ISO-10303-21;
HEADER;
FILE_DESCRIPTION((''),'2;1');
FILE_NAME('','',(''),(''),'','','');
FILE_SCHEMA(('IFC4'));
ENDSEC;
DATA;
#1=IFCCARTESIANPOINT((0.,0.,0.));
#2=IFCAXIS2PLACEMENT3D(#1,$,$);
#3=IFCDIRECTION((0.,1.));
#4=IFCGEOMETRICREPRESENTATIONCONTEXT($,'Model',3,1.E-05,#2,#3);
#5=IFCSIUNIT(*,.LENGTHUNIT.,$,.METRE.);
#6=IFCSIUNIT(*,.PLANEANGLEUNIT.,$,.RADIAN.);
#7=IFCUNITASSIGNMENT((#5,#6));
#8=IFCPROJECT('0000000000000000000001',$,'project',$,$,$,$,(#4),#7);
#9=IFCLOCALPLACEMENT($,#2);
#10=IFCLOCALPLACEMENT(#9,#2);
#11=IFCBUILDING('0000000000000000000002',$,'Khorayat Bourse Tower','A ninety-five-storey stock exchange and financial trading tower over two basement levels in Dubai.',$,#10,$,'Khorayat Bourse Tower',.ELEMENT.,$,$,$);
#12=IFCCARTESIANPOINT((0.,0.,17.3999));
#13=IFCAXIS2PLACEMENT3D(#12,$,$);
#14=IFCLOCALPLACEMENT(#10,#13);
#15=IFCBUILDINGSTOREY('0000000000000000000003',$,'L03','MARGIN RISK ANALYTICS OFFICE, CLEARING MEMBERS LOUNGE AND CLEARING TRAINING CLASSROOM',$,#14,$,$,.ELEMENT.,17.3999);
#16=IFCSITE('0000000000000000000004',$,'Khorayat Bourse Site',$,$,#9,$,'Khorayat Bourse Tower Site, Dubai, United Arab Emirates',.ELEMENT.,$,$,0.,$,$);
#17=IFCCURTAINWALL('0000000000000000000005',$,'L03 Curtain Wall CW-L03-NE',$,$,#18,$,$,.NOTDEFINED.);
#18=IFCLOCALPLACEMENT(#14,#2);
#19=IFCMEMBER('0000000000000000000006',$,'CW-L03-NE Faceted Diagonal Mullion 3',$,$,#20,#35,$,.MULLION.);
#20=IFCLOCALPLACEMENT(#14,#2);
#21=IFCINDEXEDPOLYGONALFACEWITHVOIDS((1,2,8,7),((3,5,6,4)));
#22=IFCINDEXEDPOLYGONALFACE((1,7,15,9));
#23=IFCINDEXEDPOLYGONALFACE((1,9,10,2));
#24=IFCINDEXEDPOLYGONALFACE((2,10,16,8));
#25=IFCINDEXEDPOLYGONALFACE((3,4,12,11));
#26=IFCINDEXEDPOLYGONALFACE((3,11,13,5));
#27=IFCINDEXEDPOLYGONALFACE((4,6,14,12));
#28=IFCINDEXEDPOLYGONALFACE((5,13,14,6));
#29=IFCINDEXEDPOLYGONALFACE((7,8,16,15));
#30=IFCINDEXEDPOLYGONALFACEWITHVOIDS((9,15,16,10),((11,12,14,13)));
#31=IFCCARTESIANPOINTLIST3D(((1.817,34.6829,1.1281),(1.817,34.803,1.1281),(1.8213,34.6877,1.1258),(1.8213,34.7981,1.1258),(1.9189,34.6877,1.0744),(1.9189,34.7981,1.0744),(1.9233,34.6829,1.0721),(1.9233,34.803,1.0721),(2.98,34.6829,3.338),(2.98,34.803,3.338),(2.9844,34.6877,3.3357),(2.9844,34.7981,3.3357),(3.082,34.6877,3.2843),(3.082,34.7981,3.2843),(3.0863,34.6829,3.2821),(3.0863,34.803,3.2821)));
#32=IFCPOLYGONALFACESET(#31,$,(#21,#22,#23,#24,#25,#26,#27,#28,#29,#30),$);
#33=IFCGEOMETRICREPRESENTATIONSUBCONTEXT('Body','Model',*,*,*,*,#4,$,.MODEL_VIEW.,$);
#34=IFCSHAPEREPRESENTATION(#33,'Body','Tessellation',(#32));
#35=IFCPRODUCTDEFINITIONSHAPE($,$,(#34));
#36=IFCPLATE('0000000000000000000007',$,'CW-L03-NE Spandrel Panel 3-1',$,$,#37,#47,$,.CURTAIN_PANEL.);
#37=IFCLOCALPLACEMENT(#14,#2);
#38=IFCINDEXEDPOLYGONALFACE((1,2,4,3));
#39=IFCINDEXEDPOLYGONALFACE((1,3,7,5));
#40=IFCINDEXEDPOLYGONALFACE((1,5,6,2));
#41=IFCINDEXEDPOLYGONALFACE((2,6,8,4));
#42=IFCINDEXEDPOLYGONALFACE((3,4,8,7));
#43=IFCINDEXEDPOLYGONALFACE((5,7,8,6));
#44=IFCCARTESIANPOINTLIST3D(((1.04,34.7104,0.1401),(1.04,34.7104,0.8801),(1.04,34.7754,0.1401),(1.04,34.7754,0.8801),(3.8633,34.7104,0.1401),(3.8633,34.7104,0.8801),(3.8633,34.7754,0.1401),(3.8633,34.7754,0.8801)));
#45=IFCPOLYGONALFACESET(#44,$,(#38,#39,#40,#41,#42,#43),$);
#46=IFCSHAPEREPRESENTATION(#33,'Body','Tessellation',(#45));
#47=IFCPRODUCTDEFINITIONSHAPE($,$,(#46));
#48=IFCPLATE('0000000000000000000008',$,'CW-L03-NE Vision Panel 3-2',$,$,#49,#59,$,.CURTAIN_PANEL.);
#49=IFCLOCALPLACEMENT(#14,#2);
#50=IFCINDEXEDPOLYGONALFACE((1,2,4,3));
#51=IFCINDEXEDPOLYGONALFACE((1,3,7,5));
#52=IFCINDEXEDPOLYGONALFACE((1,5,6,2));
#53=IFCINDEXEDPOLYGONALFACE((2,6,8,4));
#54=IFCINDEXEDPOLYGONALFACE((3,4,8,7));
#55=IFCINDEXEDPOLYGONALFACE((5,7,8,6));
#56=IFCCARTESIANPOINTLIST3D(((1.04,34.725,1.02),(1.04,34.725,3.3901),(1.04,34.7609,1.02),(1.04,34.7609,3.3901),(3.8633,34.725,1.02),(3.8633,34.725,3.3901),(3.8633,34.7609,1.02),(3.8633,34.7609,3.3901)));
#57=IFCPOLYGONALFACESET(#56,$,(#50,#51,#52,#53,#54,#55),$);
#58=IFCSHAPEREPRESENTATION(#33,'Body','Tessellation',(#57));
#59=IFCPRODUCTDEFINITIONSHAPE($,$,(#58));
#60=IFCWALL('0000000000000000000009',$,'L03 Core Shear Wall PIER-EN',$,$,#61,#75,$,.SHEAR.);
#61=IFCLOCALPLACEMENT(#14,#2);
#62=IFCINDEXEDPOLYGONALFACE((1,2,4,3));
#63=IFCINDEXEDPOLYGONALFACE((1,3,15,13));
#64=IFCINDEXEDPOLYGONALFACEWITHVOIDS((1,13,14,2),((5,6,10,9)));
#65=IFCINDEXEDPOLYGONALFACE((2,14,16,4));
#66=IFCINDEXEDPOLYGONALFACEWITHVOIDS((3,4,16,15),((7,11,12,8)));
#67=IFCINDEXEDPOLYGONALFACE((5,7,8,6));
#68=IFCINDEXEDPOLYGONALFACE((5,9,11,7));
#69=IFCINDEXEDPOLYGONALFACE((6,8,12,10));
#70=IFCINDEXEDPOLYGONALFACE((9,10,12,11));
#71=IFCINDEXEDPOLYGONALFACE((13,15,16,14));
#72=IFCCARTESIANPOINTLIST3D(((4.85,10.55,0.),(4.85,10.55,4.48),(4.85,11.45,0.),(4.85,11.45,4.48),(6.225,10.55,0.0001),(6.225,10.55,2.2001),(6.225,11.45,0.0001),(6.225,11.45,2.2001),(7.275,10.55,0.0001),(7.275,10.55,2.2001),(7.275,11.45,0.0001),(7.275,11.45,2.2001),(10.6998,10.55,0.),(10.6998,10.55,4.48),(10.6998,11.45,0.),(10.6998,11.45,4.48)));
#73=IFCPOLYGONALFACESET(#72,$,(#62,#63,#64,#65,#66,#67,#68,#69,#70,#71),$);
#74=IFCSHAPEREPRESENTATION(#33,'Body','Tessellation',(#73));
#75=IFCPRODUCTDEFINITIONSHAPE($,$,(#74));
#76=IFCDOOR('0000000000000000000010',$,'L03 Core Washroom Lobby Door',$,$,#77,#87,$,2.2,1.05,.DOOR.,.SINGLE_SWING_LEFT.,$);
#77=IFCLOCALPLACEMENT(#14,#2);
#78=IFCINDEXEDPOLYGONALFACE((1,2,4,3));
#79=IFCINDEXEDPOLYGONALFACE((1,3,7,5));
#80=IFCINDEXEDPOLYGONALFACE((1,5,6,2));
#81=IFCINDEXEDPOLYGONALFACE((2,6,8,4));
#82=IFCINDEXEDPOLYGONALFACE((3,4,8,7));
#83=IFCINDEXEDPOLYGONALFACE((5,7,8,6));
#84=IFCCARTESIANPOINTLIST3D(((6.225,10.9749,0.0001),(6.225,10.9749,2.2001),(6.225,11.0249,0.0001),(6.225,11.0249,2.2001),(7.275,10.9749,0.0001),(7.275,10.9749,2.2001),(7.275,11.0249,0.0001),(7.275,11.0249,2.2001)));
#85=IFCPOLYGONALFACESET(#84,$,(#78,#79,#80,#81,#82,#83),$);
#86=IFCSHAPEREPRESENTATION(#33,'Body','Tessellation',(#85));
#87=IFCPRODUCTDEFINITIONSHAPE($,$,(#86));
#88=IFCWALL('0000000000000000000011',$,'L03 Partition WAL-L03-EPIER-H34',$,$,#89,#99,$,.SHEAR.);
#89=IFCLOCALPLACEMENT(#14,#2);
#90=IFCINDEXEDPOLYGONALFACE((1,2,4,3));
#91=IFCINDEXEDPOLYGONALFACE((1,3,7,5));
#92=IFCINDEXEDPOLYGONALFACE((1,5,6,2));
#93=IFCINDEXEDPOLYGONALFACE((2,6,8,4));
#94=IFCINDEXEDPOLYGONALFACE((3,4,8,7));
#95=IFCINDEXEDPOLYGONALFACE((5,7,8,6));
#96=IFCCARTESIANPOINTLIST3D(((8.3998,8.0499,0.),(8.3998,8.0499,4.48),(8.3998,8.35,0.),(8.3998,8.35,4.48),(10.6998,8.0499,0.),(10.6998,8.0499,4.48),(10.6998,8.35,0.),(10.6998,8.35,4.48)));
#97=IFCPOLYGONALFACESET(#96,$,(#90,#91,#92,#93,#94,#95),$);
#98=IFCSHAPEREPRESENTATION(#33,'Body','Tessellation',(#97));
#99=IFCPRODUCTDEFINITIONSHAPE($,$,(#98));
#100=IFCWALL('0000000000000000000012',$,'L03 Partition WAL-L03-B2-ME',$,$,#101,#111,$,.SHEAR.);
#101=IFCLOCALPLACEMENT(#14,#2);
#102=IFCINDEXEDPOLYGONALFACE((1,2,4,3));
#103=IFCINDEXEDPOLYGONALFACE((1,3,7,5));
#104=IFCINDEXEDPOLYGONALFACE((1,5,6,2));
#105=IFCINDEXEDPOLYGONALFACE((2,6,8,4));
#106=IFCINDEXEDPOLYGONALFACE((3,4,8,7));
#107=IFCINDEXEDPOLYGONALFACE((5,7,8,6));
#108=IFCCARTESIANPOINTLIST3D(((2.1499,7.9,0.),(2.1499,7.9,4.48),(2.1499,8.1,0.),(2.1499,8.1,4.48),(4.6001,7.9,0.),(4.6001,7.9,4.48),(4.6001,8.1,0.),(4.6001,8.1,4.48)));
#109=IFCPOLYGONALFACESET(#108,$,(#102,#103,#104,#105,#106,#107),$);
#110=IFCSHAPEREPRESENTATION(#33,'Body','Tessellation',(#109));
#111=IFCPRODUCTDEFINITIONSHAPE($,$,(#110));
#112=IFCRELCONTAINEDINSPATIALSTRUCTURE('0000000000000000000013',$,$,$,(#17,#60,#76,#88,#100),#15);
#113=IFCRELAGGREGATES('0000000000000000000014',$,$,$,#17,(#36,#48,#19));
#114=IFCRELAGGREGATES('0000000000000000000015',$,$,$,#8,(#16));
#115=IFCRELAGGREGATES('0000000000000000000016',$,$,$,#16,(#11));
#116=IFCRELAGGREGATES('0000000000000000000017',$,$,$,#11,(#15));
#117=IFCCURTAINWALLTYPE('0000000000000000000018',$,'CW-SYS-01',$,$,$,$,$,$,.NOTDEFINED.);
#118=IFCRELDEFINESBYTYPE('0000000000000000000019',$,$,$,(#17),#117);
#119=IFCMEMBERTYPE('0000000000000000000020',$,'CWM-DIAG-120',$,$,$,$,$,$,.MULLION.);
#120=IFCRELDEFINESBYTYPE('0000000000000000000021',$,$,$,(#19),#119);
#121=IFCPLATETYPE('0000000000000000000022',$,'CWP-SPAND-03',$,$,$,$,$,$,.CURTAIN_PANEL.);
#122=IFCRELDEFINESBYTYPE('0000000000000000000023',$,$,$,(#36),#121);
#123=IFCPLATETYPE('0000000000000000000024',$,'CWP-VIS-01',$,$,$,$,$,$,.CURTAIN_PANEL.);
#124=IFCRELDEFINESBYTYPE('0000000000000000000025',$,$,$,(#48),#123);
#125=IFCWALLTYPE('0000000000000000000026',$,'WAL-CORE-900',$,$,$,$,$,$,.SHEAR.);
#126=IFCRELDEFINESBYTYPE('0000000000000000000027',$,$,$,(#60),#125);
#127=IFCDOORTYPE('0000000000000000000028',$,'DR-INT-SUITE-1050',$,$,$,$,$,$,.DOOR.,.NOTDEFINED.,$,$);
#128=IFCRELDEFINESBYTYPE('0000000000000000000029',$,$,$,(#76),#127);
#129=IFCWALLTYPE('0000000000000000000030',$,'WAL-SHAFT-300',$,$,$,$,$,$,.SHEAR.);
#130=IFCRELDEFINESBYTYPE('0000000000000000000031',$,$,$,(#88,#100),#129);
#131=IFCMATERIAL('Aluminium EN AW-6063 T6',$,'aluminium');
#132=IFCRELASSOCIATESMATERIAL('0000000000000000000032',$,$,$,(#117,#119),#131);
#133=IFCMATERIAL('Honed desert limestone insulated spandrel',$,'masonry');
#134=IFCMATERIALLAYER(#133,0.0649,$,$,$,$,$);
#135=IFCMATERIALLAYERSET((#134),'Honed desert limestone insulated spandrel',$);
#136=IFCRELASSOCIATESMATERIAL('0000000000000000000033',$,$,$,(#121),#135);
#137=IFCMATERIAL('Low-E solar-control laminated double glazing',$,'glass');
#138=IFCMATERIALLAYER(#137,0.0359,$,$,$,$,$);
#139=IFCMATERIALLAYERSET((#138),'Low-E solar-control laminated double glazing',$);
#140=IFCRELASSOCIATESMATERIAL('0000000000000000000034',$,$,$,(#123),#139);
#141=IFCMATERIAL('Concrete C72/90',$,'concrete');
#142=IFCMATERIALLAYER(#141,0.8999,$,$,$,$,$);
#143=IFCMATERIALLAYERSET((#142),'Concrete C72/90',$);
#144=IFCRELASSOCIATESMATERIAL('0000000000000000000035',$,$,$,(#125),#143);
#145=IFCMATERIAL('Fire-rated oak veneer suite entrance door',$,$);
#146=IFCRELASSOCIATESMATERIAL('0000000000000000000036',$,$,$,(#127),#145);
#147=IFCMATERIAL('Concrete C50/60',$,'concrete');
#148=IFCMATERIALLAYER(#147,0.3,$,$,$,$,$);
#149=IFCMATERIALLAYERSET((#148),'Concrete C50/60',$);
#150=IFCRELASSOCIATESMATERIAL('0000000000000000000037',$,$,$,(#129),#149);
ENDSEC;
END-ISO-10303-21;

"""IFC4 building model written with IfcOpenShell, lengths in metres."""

from ifc_helpers import new_model, si_unit, direction, frame, frame_2d, origin, origin_2d, place, context, subcontext, project, spatial, rectangle, hollow_rectangle, extrude, source, transform, mapped, material, layer, layer_set, material_profile, profile_set, type_object, element, fill, aggregate, save


model = new_model("IFC4")

# Units and contexts
model_context = context("Model", 3, precision=1e-05, world=origin(), true_north=direction((0.0, 1.0)))
body_context = subcontext(model_context, "Body", "Model", "MODEL_VIEW")
ifc_project = project(units=[si_unit("LENGTHUNIT", "METRE"), si_unit("PLANEANGLEUNIT", "RADIAN")], contexts=[model_context])

# Site, building, storey
site_placement = place(None, origin())
site = spatial("IfcSite", under=ifc_project, at=site_placement, Name="Khorayat Bourse Site", LongName="Khorayat Bourse Tower Site, Dubai, United Arab Emirates", CompositionType="ELEMENT", RefElevation=0.0)
building_placement = place(site_placement, origin())
building = spatial("IfcBuilding", under=site, at=building_placement, Name="Khorayat Bourse Tower", Description="A ninety-five-storey stock exchange and financial trading tower over two basement levels in Dubai.", LongName="Khorayat Bourse Tower", CompositionType="ELEMENT")
storey_placement = place(building_placement, frame((0.0, 0.0, 17.3999)))
storey = spatial("IfcBuildingStorey", under=building, at=storey_placement, Name="L03", Description="MARGIN RISK ANALYTICS OFFICE, CLEARING MEMBERS LOUNGE AND CLEARING TRAINING CLASSROOM", CompositionType="ELEMENT", Elevation=17.3999)

# Shared definitions
ifc_material_1 = material(Name="Concrete C72/90", Category="concrete")

# Curtain wall
ifc_material_2 = material(Name="Aluminium EN AW-6063 T6", Category="aluminium")
curtain_wall_type = type_object("IfcCurtainWallType", Name="CW-SYS-01", PredefinedType="NOTDEFINED", material=ifc_material_2)
curtain_wall_1_placement = place(storey_placement, origin())
curtain_wall_1 = element("IfcCurtainWall", 1, at=curtain_wall_1_placement, inside=storey, type_object=curtain_wall_type, Name="L03 Curtain Wall CW-L03-NE", PredefinedType="NOTDEFINED")

# Member
ifc_material_profile_1 = material_profile(ifc_material_2, hollow_rectangle(XDim=0.1201, YDim=0.1201, WallThickness=0.0049, at=origin_2d()), Name="ALU 120x120x5")
ifc_profile_set_1 = profile_set([ifc_material_profile_1], Name="Aluminium EN AW-6063 T6")
member_type_1 = type_object("IfcMemberType", Name="CWM-DIAG-120", PredefinedType="MULLION", material=ifc_profile_set_1)
shared_shape_1 = source(origin(), body_context, "Body", "SweptSolid", [
    extrude(hollow_rectangle(XDim=0.1201, YDim=0.1201, WallThickness=0.0049, at=origin_2d()), origin(), (0.0, 0.0, 1.0), 2.4973),
])
member_1_placement = place(storey_placement, frame((1.8701, 34.7429, 1.1001), z_axis=(0.46573, 0.0, 0.884927), x_axis=(0.0, 1.0, 0.0)))
member_1 = element("IfcMember", 2, at=member_1_placement, type_object=member_type_1, Name="CW-L03-NE Faceted Diagonal Mullion 3", PredefinedType="MULLION", context=body_context, shape_type="MappedRepresentation", body=[
    mapped(shared_shape_1, transform((0.0, 0.0, 0.0), scale=1.0)),
])

# Plates
ifc_material_3 = material(Name="Honed desert limestone insulated spandrel", Category="masonry")
ifc_layer_1 = layer(ifc_material_3, 0.0649)
ifc_layer_set_1 = layer_set([ifc_layer_1], Name="Honed desert limestone insulated spandrel")
plate_type_1 = type_object("IfcPlateType", Name="CWP-SPAND-03", PredefinedType="CURTAIN_PANEL", material=ifc_layer_set_1)
shared_shape_2 = source(origin(), body_context, "Body", "SweptSolid", [
    extrude(rectangle(XDim=2.8232, YDim=0.0649, at=origin_2d()), origin(), (0.0, 0.0, 1.0), 0.74),
])
plate_1_placement = place(storey_placement, frame((2.4517, 34.7429, 0.1401), z_axis=(0.0, 0.0, 1.0), x_axis=(-1.0, 0.0, 0.0)))
plate_1 = element("IfcPlate", 3, at=plate_1_placement, type_object=plate_type_1, Name="CW-L03-NE Spandrel Panel 3-1", PredefinedType="CURTAIN_PANEL", context=body_context, shape_type="MappedRepresentation", body=[
    mapped(shared_shape_2, transform((0.0, 0.0, 0.0), scale=1.0)),
])
ifc_material_4 = material(Name="Low-E solar-control laminated double glazing", Category="glass")
ifc_layer_2 = layer(ifc_material_4, 0.0359)
ifc_layer_set_2 = layer_set([ifc_layer_2], Name="Low-E solar-control laminated double glazing")
plate_type_2 = type_object("IfcPlateType", Name="CWP-VIS-01", PredefinedType="CURTAIN_PANEL", material=ifc_layer_set_2)
shared_shape_3 = source(origin(), body_context, "Body", "SweptSolid", [
    extrude(rectangle(XDim=2.8232, YDim=0.0359, at=origin_2d()), origin(), (0.0, 0.0, 1.0), 2.3701),
])
plate_2_placement = place(storey_placement, frame((2.4517, 34.7429, 1.02), z_axis=(0.0, 0.0, 1.0), x_axis=(-1.0, 0.0, 0.0)))
plate_2 = element("IfcPlate", 4, at=plate_2_placement, type_object=plate_type_2, Name="CW-L03-NE Vision Panel 3-2", PredefinedType="CURTAIN_PANEL", context=body_context, shape_type="MappedRepresentation", body=[
    mapped(shared_shape_3, transform((0.0, 0.0, 0.0), scale=1.0)),
])
aggregate(curtain_wall_1, [plate_1, plate_2, member_1])

# Wall, opening, door
ifc_layer_3 = layer(ifc_material_1, 0.8999)
ifc_layer_set_3 = layer_set([ifc_layer_3], Name="Concrete C72/90")
wall_type_1 = type_object("IfcWallType", Name="WAL-CORE-900", PredefinedType="SHEAR", material=ifc_layer_set_3)
shared_shape_4 = source(origin(), body_context, "Body", "SweptSolid", [
    extrude(rectangle(XDim=5.8499, YDim=0.8999, at=frame_2d((2.9248, 0.0))), origin(), (0.0, 0.0, 1.0), 4.48),
])
wall_1_placement = place(storey_placement, frame((4.8501, 11.0, 0.0), z_axis=(0.0, 0.0, 1.0), x_axis=(1.0, 0.0, 0.0)))
wall_1 = element("IfcWall", 5, at=wall_1_placement, inside=storey, type_object=wall_type_1, Name="L03 Core Shear Wall PIER-EN", PredefinedType="SHEAR", context=body_context, shape_type="MappedRepresentation", body=[
    mapped(shared_shape_4, transform((0.0, 0.0, 0.0), scale=1.0)),
])
shared_shape_5 = source(origin(), body_context, "Body", "SweptSolid", [
    extrude(rectangle(XDim=1.05, YDim=2.2, at=frame_2d((0.5249, 1.1001))), frame((0.0, 0.46, 0.0), z_axis=(0.0, -1.0, 0.0), x_axis=(1.0, 0.0, 0.0)), (0.0, 0.0, 1.0), 0.9199),
])
opening_1_placement = place(wall_1_placement, frame((1.375, 0.0, 0.0)))
opening_1 = element("IfcOpeningElement", 6, at=opening_1_placement, cuts=wall_1, PredefinedType="OPENING", context=body_context, shape_type="MappedRepresentation", body=[
    mapped(shared_shape_5, transform((0.0, 0.0, 0.0), scale=1.0)),
])
ifc_material_5 = material(Name="Fire-rated oak veneer suite entrance door")
door_type_1 = type_object("IfcDoorType", Name="DR-INT-SUITE-1050", OperationType="NOTDEFINED", PredefinedType="DOOR", material=ifc_material_5)
shared_shape_6 = source(origin(), body_context, "Body", "SweptSolid", [
    extrude(rectangle(XDim=1.05, YDim=2.2, at=frame_2d((0.5249, 1.1001))), frame((0.0, 0.0249, 0.0), z_axis=(0.0, -1.0, 0.0), x_axis=(1.0, 0.0, 0.0)), (0.0, 0.0, 1.0), 0.05),
])
door_1_placement = place(opening_1_placement, origin())
door_1 = element("IfcDoor", 7, at=door_1_placement, inside=storey, type_object=door_type_1, Name="L03 Core Washroom Lobby Door", OperationType="SINGLE_SWING_LEFT", OverallHeight=2.2, OverallWidth=1.05, PredefinedType="DOOR", context=body_context, shape_type="MappedRepresentation", body=[
    mapped(shared_shape_6, transform((0.0, 0.0, 0.0), scale=1.0)),
])
fill(opening_1, door_1)

# Wall
ifc_material_6 = material(Name="Concrete C50/60", Category="concrete")
ifc_layer_4 = layer(ifc_material_6, 0.3)
ifc_layer_set_4 = layer_set([ifc_layer_4], Name="Concrete C50/60")
wall_type_2 = type_object("IfcWallType", Name="WAL-SHAFT-300", PredefinedType="SHEAR", material=ifc_layer_set_4)
shared_shape_7 = source(origin(), body_context, "Body", "SweptSolid", [
    extrude(rectangle(XDim=2.3, YDim=0.3, at=frame_2d((1.1499, 0.0))), origin(), (0.0, 0.0, 1.0), 4.48),
])
wall_2_placement = place(storey_placement, frame((8.3999, 8.2, 0.0), z_axis=(0.0, 0.0, 1.0), x_axis=(1.0, 0.0, 0.0)))
element("IfcWall", 8, at=wall_2_placement, inside=storey, type_object=wall_type_2, Name="L03 Partition WAL-L03-EPIER-H34", PredefinedType="SHEAR", context=body_context, shape_type="MappedRepresentation", body=[
    mapped(shared_shape_7, transform((0.0, 0.0, 0.0), scale=1.0)),
])

# Wall
shared_shape_8 = source(origin(), body_context, "Body", "SweptSolid", [
    extrude(rectangle(XDim=2.4502, YDim=0.2, at=frame_2d((1.2251, 0.0))), origin(), (0.0, 0.0, 1.0), 4.48),
])
wall_3_placement = place(storey_placement, frame((2.1499, 8.0, 0.0), z_axis=(0.0, 0.0, 1.0), x_axis=(1.0, 0.0, 0.0)))
element("IfcWall", 9, at=wall_3_placement, inside=storey, type_object=wall_type_2, Name="L03 Partition WAL-L03-B2-ME", PredefinedType="SHEAR", context=body_context, shape_type="MappedRepresentation", body=[
    mapped(shared_shape_8, transform((0.0, 0.0, 0.0), scale=1.0)),
])

save(model, "model.ifc")
